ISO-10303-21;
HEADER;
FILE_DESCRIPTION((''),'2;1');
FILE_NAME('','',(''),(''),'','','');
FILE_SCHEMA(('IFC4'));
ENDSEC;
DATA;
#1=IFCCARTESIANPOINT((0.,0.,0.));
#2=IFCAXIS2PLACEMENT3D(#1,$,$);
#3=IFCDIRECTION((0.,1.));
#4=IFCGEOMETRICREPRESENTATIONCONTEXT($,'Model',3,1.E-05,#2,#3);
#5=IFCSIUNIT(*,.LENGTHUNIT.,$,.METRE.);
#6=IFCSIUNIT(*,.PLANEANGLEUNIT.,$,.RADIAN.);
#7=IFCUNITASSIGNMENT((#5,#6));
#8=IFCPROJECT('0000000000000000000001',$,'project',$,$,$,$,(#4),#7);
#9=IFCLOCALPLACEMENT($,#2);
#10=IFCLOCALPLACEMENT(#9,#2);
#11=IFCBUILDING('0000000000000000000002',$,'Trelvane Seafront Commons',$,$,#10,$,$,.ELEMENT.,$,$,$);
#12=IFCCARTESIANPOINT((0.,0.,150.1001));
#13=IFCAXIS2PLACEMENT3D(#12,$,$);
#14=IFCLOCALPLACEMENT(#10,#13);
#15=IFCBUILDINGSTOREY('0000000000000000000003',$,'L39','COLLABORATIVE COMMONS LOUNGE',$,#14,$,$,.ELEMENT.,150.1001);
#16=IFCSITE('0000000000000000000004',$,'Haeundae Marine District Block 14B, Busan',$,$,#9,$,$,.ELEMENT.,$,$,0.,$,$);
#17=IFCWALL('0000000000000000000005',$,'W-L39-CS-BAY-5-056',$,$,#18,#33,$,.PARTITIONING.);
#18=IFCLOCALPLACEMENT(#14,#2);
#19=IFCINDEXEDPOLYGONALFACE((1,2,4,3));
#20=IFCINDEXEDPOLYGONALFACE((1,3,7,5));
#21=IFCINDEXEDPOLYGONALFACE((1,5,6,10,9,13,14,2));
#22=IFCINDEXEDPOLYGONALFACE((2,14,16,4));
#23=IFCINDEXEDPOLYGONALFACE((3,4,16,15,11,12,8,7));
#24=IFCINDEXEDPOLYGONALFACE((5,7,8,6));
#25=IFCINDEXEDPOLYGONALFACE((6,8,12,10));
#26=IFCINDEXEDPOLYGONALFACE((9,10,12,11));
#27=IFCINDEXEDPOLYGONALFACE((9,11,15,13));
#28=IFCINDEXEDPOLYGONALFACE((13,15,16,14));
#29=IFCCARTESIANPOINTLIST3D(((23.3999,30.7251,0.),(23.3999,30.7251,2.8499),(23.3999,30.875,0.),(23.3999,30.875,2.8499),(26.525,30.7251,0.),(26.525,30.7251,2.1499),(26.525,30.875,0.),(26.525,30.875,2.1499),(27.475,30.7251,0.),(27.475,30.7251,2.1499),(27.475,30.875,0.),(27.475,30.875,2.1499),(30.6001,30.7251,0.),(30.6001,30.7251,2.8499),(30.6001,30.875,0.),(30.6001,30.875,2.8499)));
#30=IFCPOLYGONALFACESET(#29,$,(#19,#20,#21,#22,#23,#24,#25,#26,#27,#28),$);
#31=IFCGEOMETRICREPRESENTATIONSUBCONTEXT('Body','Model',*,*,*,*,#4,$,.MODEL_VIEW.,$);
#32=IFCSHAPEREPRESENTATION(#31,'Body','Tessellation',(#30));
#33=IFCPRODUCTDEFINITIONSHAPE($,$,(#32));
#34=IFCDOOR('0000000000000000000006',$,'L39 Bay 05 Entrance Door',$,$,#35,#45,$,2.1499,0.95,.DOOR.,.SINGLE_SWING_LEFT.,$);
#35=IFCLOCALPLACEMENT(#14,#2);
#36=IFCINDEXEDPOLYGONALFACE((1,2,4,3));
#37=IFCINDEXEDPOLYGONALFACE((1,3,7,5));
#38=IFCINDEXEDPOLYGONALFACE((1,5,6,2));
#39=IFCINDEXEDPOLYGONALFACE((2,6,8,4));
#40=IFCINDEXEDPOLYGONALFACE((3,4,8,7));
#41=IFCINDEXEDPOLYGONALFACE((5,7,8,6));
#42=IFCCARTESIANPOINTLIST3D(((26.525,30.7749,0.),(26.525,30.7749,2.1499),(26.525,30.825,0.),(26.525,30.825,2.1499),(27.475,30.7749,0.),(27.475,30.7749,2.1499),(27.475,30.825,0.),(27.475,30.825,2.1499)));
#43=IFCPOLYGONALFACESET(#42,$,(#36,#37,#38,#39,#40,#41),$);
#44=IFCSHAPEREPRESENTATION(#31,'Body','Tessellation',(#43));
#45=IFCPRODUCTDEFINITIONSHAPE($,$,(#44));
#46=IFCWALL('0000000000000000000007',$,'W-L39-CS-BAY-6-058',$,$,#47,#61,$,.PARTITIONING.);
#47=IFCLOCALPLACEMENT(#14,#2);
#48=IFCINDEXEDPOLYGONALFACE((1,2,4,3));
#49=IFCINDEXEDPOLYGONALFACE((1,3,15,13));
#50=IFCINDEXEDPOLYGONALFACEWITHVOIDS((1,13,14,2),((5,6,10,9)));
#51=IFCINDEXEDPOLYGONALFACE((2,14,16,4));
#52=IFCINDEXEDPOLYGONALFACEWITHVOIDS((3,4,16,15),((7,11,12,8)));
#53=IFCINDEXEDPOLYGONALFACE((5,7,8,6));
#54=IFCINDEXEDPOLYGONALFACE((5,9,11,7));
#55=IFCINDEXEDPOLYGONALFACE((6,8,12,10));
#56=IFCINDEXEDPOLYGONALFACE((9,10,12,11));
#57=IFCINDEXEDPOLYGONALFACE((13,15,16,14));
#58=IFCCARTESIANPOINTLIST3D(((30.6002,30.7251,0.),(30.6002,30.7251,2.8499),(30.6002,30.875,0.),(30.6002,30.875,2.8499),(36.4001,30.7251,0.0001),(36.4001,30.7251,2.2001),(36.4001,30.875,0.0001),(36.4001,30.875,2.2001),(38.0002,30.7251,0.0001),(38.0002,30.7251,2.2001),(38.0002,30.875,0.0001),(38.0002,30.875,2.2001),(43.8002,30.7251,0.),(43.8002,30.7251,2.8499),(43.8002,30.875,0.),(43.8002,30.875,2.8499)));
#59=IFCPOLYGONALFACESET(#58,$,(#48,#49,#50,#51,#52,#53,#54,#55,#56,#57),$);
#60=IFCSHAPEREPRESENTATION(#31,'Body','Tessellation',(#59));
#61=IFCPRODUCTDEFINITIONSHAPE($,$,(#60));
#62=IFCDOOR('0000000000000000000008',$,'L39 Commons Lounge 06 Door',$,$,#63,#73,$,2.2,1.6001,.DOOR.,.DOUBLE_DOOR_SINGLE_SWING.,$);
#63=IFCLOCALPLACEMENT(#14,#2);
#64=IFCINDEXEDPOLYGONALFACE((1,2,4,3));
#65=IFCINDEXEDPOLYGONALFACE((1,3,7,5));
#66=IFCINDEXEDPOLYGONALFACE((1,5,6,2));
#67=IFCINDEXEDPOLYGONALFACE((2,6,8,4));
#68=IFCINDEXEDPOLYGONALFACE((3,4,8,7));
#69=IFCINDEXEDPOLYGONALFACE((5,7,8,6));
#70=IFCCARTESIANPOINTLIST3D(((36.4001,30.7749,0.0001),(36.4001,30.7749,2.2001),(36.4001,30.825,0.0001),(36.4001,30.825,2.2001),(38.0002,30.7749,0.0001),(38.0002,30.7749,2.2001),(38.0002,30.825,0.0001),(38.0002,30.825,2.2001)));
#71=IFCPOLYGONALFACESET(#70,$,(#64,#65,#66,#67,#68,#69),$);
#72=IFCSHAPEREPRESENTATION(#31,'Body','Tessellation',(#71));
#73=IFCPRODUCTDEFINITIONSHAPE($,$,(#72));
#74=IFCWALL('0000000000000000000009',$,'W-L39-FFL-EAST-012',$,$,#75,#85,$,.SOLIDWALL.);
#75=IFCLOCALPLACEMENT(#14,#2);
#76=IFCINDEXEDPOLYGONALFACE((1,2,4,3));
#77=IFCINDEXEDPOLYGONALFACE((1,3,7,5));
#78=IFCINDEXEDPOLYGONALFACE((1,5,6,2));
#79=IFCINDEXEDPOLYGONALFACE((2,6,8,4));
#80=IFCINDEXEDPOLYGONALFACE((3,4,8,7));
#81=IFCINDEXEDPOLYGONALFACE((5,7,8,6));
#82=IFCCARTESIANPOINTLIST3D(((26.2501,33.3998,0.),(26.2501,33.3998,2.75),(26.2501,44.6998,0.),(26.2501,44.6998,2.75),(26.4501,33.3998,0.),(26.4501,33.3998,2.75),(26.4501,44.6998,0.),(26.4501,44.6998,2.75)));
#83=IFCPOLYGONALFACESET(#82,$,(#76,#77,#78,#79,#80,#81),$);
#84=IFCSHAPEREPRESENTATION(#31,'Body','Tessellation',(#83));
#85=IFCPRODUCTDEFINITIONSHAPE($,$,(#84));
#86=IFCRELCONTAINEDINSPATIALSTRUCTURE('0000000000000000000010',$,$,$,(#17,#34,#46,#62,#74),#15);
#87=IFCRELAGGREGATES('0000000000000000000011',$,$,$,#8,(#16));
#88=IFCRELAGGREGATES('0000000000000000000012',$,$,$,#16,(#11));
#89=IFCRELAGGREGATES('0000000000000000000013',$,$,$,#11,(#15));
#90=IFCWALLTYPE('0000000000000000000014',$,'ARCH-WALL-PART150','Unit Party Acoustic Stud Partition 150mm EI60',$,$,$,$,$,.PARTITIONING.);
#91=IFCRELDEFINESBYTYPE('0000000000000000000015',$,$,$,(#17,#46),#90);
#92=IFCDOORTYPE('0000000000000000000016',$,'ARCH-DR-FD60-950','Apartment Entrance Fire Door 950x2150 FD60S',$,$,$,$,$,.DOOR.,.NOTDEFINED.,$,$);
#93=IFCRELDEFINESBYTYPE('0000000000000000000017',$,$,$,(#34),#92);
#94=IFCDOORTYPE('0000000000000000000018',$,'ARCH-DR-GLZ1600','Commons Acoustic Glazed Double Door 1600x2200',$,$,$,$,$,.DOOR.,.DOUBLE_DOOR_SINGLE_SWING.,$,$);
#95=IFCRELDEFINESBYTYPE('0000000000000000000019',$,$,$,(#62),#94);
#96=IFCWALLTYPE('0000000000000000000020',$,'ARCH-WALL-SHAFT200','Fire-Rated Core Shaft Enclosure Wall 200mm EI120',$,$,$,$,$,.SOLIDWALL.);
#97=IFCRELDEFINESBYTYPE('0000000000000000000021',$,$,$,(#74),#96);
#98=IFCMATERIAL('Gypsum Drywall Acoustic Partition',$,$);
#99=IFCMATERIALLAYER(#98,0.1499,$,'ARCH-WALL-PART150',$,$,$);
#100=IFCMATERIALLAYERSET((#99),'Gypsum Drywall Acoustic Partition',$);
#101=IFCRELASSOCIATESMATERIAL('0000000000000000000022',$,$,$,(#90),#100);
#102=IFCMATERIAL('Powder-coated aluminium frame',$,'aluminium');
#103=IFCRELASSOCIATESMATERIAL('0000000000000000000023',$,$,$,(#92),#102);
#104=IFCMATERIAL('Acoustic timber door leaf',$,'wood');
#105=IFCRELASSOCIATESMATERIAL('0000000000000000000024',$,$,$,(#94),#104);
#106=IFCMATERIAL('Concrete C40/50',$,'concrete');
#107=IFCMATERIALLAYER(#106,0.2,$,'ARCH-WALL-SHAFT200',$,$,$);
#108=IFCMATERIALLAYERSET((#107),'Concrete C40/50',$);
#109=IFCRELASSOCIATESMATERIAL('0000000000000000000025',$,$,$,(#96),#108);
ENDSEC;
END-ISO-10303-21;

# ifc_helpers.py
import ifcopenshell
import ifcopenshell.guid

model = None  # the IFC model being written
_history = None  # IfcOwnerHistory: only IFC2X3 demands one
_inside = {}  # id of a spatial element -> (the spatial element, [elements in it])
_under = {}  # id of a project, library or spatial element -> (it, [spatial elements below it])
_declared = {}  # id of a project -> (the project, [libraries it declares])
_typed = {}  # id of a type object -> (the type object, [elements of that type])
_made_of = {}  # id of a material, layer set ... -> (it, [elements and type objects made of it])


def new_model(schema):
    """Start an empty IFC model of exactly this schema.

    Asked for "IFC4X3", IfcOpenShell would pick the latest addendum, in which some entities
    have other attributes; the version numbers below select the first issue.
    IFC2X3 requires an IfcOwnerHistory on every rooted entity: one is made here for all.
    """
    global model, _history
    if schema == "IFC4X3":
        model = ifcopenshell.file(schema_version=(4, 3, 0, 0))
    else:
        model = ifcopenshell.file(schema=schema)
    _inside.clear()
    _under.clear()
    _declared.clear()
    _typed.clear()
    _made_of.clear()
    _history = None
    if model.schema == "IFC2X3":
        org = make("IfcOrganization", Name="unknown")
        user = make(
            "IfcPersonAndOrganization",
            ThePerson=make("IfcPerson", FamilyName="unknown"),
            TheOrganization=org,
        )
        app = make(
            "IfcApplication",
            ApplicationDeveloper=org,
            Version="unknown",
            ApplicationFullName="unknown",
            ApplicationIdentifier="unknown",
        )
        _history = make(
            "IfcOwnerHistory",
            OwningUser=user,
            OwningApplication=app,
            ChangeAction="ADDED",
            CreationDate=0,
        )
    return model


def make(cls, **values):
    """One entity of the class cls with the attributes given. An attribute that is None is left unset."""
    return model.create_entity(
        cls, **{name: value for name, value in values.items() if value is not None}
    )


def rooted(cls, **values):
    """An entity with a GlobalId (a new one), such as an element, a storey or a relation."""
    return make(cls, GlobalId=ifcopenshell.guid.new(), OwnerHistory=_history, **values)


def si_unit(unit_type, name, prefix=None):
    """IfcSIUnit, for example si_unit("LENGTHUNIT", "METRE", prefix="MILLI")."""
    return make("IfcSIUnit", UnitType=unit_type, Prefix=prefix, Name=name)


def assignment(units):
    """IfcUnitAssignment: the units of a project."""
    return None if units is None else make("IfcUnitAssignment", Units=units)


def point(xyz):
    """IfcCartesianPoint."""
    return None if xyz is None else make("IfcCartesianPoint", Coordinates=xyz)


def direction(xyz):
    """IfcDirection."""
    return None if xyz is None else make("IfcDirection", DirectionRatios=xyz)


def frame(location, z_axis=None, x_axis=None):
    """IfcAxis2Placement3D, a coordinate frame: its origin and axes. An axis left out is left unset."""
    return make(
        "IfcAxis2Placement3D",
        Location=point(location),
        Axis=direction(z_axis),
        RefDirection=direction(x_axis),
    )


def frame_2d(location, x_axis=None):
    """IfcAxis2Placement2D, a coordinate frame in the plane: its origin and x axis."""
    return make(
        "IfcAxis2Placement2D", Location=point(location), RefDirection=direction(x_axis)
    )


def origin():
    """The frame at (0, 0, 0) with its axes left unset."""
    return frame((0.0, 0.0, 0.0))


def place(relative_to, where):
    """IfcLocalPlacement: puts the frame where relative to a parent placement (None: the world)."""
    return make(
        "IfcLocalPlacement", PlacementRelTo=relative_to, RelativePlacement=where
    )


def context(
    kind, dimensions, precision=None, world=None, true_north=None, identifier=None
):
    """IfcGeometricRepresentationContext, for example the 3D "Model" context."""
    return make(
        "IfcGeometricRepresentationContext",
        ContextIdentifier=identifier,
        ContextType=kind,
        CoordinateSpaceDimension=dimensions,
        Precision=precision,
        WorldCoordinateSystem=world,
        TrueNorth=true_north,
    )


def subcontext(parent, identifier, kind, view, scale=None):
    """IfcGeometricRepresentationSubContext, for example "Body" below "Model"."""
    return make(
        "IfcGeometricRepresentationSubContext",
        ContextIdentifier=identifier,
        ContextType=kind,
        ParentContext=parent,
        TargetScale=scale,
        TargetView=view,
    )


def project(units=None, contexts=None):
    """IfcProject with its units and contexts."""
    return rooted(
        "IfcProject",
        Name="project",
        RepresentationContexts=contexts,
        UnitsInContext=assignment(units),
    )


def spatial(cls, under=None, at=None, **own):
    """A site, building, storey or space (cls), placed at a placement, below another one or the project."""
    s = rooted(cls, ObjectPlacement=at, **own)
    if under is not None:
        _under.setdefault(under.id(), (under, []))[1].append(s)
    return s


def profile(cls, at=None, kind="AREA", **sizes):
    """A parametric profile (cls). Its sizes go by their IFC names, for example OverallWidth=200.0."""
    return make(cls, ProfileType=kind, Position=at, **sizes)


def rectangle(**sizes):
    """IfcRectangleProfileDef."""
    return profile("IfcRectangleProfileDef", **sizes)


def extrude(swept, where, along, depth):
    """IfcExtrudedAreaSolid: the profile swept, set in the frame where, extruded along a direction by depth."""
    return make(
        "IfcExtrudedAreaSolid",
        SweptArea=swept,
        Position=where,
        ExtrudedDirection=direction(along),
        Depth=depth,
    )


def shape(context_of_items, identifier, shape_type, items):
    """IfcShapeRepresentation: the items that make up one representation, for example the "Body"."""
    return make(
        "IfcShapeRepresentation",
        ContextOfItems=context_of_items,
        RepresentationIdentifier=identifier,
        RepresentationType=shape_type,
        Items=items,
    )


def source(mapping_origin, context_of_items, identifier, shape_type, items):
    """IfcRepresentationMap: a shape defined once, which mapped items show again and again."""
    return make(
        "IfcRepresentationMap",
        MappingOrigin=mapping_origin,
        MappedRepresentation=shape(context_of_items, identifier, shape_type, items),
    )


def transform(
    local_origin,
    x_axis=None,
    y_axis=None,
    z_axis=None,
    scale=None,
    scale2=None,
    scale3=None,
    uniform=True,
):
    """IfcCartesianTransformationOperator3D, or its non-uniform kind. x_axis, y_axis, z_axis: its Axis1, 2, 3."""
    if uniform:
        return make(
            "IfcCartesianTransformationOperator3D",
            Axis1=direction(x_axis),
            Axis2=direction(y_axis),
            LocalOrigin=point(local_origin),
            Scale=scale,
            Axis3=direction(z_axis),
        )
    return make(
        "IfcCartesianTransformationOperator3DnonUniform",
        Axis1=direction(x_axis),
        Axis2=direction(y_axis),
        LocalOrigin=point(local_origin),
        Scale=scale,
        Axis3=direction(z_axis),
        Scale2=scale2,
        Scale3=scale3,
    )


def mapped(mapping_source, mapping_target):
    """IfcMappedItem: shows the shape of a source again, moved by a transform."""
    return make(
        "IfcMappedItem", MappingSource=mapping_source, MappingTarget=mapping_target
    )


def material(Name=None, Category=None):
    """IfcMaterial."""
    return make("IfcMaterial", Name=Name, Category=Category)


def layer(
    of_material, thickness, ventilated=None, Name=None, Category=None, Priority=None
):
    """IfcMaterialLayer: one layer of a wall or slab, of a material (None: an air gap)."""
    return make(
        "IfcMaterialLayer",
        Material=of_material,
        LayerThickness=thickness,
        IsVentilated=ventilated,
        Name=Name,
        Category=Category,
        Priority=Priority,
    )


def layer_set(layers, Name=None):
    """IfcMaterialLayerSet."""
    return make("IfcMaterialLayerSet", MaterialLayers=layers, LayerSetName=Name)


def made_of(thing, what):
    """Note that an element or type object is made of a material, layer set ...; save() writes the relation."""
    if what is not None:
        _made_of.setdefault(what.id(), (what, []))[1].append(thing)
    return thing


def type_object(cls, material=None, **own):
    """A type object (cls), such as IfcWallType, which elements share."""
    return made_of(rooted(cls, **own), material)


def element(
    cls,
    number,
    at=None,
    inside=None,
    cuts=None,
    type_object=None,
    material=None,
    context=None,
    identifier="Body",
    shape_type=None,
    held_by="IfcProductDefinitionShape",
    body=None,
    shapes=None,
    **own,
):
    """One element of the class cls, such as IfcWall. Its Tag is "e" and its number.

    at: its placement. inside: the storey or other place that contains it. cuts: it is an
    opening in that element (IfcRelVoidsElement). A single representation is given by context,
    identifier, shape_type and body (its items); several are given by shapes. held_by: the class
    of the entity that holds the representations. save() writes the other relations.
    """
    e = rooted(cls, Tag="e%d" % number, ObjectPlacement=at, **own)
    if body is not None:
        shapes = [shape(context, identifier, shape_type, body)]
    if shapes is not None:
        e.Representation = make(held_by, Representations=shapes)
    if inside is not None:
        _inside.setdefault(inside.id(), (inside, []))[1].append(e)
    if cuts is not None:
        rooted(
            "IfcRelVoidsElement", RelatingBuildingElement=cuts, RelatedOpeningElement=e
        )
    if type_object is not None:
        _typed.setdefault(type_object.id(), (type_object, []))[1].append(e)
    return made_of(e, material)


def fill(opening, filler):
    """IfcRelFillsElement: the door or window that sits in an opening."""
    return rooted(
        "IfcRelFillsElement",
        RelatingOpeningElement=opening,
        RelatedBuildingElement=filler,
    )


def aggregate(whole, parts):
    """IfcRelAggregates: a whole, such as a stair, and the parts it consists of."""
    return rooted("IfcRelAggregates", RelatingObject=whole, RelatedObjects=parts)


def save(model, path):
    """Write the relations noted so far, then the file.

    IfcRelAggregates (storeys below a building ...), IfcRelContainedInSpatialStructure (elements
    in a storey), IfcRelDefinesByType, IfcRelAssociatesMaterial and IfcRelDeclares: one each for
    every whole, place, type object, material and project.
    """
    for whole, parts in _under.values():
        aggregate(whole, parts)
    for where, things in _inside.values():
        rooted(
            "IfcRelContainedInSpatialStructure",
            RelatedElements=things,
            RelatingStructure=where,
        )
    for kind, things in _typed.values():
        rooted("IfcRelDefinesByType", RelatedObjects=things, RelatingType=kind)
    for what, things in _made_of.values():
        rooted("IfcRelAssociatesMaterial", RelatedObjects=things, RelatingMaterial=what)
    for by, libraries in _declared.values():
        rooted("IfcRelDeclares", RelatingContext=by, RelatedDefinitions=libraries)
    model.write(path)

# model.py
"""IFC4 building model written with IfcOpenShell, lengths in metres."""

from ifc_helpers import new_model, si_unit, direction, frame, frame_2d, origin, place, context, subcontext, project, spatial, rectangle, extrude, source, transform, mapped, material, layer, layer_set, type_object, element, fill, save


model = new_model("IFC4")

# Units and contexts
model_context = context("Model", 3, precision=1e-05, world=origin(), true_north=direction((0.0, 1.0)))
body_context = subcontext(model_context, "Body", "Model", "MODEL_VIEW")
ifc_project = project(units=[si_unit("LENGTHUNIT", "METRE"), si_unit("PLANEANGLEUNIT", "RADIAN")], contexts=[model_context])

# Site, building, storey
site_placement = place(None, origin())
site = spatial("IfcSite", under=ifc_project, at=site_placement, Name="Haeundae Marine District Block 14B, Busan", CompositionType="ELEMENT", RefElevation=0.0)
building_placement = place(site_placement, origin())
building = spatial("IfcBuilding", under=site, at=building_placement, Name="Trelvane Seafront Commons", CompositionType="ELEMENT")
storey_placement = place(building_placement, frame((0.0, 0.0, 150.1001)))
storey = spatial("IfcBuildingStorey", under=building, at=storey_placement, Name="L39", Description="COLLABORATIVE COMMONS LOUNGE", CompositionType="ELEMENT", Elevation=150.1001)

# Walls, openings, doors
ifc_material_1 = material(Name="Concrete C40/50", Category="concrete")
ifc_material_2 = material(Name="Powder-coated aluminium frame", Category="aluminium")
shared_shape_1 = source(origin(), body_context, "Body", "SweptSolid", [
    extrude(rectangle(XDim=1.6001, YDim=2.2, at=frame_2d((0.8, 1.1001))), frame((0.0, 0.0249, 0.0), z_axis=(0.0, -1.0, 0.0), x_axis=(1.0, 0.0, 0.0)), (0.0, 0.0, 1.0), 0.05),
])
ifc_material_3 = material(Name="Acoustic timber door leaf", Category="wood")
shared_shape_2 = source(origin(), body_context, "Body", "SweptSolid", [
    extrude(rectangle(XDim=0.95, YDim=2.1499, at=frame_2d((0.4751, 1.075))), frame((0.0, 0.0249, 0.0), z_axis=(0.0, -1.0, 0.0), x_axis=(1.0, 0.0, 0.0)), (0.0, 0.0, 1.0), 0.05),
])
ifc_material_4 = material(Name="Gypsum Drywall Acoustic Partition")
ifc_layer_1 = layer(ifc_material_4, 0.1499, Name="ARCH-WALL-PART150")
ifc_layer_set_1 = layer_set([ifc_layer_1], Name="Gypsum Drywall Acoustic Partition")
wall_type_1 = type_object("IfcWallType", Name="ARCH-WALL-PART150", Description="Unit Party Acoustic Stud Partition 150mm EI60", PredefinedType="PARTITIONING", material=ifc_layer_set_1)
door_type_1 = type_object("IfcDoorType", Name="ARCH-DR-FD60-950", Description="Apartment Entrance Fire Door 950x2150 FD60S", OperationType="NOTDEFINED", PredefinedType="DOOR", material=ifc_material_2)
wall_1_placement = place(storey_placement, frame((23.3999, 30.8, 0.0), z_axis=(0.0, 0.0, 1.0), x_axis=(1.0, 0.0, 0.0)))
wall_1 = element("IfcWall", 1, at=wall_1_placement, inside=storey, type_object=wall_type_1, Name="W-L39-CS-BAY-5-056", PredefinedType="PARTITIONING", context=body_context, shape_type="SweptSolid", body=[
    extrude(rectangle(XDim=7.2002, YDim=0.1499, at=frame_2d((3.6001, 0.0))), origin(), (0.0, 0.0, 1.0), 2.8499),
])
opening_1_placement = place(wall_1_placement, frame((3.125, 0.0, 0.0)))
opening_1 = element("IfcOpeningElement", 2, at=opening_1_placement, cuts=wall_1, PredefinedType="OPENING", context=body_context, shape_type="SweptSolid", body=[
    extrude(rectangle(XDim=0.95, YDim=2.1499, at=frame_2d((0.4751, 1.075))), frame((0.0, 0.085, 0.0), z_axis=(0.0, -1.0, 0.0), x_axis=(1.0, 0.0, 0.0)), (0.0, 0.0, 1.0), 0.1699),
])
door_1_placement = place(opening_1_placement, origin())
door_1 = element("IfcDoor", 3, at=door_1_placement, inside=storey, type_object=door_type_1, Name="L39 Bay 05 Entrance Door", OperationType="SINGLE_SWING_LEFT", OverallHeight=2.1499, OverallWidth=0.95, PredefinedType="DOOR", context=body_context, shape_type="MappedRepresentation", body=[
    mapped(shared_shape_2, transform((0.0, 0.0, 0.0), x_axis=(1.0, 0.0, 0.0), y_axis=(0.0, 1.0, 0.0), z_axis=(0.0, 0.0, 1.0), scale=1.0)),
])
fill(opening_1, door_1)
wall_2_placement = place(storey_placement, frame((30.6001, 30.8, 0.0), z_axis=(0.0, 0.0, 1.0), x_axis=(1.0, 0.0, 0.0)))
wall_2 = element("IfcWall", 4, at=wall_2_placement, inside=storey, type_object=wall_type_1, Name="W-L39-CS-BAY-6-058", PredefinedType="PARTITIONING", context=body_context, shape_type="SweptSolid", body=[
    extrude(rectangle(XDim=13.2, YDim=0.1499, at=frame_2d((6.6001, 0.0))), origin(), (0.0, 0.0, 1.0), 2.8499),
])
opening_2_placement = place(wall_2_placement, frame((5.8, 0.0, 0.0)))
opening_2 = element("IfcOpeningElement", 5, at=opening_2_placement, cuts=wall_2, PredefinedType="OPENING", context=body_context, shape_type="SweptSolid", body=[
    extrude(rectangle(XDim=1.6001, YDim=2.2, at=frame_2d((0.8, 1.1001))), frame((0.0, 0.085, 0.0), z_axis=(0.0, -1.0, 0.0), x_axis=(1.0, 0.0, 0.0)), (0.0, 0.0, 1.0), 0.1699),
])
door_type_2 = type_object("IfcDoorType", Name="ARCH-DR-GLZ1600", Description="Commons Acoustic Glazed Double Door 1600x2200", OperationType="DOUBLE_DOOR_SINGLE_SWING", PredefinedType="DOOR", material=ifc_material_3)
door_2_placement = place(opening_2_placement, origin())
door_2 = element("IfcDoor", 6, at=door_2_placement, inside=storey, type_object=door_type_2, Name="L39 Commons Lounge 06 Door", OperationType="DOUBLE_DOOR_SINGLE_SWING", OverallHeight=2.2, OverallWidth=1.6001, PredefinedType="DOOR", context=body_context, shape_type="MappedRepresentation", body=[
    mapped(shared_shape_1, transform((0.0, 0.0, 0.0), x_axis=(1.0, 0.0, 0.0), y_axis=(0.0, 1.0, 0.0), z_axis=(0.0, 0.0, 1.0), scale=1.0)),
])
fill(opening_2, door_2)

# Wall
ifc_layer_2 = layer(ifc_material_1, 0.2, Name="ARCH-WALL-SHAFT200")
ifc_layer_set_2 = layer_set([ifc_layer_2], Name="Concrete C40/50")
wall_type_2 = type_object("IfcWallType", Name="ARCH-WALL-SHAFT200", Description="Fire-Rated Core Shaft Enclosure Wall 200mm EI120", PredefinedType="SOLIDWALL", material=ifc_layer_set_2)
wall_3_placement = place(storey_placement, frame((26.3501, 33.3999, 0.0), z_axis=(0.0, 0.0, 1.0), x_axis=(0.0, 1.0, 0.0)))
element("IfcWall", 7, at=wall_3_placement, inside=storey, type_object=wall_type_2, Name="W-L39-FFL-EAST-012", PredefinedType="SOLIDWALL", context=body_context, shape_type="SweptSolid", body=[
    extrude(rectangle(XDim=11.3, YDim=0.2, at=frame_2d((5.6499, 0.0))), origin(), (0.0, 0.0, 1.0), 2.75),
])

save(model, "model.ifc")
